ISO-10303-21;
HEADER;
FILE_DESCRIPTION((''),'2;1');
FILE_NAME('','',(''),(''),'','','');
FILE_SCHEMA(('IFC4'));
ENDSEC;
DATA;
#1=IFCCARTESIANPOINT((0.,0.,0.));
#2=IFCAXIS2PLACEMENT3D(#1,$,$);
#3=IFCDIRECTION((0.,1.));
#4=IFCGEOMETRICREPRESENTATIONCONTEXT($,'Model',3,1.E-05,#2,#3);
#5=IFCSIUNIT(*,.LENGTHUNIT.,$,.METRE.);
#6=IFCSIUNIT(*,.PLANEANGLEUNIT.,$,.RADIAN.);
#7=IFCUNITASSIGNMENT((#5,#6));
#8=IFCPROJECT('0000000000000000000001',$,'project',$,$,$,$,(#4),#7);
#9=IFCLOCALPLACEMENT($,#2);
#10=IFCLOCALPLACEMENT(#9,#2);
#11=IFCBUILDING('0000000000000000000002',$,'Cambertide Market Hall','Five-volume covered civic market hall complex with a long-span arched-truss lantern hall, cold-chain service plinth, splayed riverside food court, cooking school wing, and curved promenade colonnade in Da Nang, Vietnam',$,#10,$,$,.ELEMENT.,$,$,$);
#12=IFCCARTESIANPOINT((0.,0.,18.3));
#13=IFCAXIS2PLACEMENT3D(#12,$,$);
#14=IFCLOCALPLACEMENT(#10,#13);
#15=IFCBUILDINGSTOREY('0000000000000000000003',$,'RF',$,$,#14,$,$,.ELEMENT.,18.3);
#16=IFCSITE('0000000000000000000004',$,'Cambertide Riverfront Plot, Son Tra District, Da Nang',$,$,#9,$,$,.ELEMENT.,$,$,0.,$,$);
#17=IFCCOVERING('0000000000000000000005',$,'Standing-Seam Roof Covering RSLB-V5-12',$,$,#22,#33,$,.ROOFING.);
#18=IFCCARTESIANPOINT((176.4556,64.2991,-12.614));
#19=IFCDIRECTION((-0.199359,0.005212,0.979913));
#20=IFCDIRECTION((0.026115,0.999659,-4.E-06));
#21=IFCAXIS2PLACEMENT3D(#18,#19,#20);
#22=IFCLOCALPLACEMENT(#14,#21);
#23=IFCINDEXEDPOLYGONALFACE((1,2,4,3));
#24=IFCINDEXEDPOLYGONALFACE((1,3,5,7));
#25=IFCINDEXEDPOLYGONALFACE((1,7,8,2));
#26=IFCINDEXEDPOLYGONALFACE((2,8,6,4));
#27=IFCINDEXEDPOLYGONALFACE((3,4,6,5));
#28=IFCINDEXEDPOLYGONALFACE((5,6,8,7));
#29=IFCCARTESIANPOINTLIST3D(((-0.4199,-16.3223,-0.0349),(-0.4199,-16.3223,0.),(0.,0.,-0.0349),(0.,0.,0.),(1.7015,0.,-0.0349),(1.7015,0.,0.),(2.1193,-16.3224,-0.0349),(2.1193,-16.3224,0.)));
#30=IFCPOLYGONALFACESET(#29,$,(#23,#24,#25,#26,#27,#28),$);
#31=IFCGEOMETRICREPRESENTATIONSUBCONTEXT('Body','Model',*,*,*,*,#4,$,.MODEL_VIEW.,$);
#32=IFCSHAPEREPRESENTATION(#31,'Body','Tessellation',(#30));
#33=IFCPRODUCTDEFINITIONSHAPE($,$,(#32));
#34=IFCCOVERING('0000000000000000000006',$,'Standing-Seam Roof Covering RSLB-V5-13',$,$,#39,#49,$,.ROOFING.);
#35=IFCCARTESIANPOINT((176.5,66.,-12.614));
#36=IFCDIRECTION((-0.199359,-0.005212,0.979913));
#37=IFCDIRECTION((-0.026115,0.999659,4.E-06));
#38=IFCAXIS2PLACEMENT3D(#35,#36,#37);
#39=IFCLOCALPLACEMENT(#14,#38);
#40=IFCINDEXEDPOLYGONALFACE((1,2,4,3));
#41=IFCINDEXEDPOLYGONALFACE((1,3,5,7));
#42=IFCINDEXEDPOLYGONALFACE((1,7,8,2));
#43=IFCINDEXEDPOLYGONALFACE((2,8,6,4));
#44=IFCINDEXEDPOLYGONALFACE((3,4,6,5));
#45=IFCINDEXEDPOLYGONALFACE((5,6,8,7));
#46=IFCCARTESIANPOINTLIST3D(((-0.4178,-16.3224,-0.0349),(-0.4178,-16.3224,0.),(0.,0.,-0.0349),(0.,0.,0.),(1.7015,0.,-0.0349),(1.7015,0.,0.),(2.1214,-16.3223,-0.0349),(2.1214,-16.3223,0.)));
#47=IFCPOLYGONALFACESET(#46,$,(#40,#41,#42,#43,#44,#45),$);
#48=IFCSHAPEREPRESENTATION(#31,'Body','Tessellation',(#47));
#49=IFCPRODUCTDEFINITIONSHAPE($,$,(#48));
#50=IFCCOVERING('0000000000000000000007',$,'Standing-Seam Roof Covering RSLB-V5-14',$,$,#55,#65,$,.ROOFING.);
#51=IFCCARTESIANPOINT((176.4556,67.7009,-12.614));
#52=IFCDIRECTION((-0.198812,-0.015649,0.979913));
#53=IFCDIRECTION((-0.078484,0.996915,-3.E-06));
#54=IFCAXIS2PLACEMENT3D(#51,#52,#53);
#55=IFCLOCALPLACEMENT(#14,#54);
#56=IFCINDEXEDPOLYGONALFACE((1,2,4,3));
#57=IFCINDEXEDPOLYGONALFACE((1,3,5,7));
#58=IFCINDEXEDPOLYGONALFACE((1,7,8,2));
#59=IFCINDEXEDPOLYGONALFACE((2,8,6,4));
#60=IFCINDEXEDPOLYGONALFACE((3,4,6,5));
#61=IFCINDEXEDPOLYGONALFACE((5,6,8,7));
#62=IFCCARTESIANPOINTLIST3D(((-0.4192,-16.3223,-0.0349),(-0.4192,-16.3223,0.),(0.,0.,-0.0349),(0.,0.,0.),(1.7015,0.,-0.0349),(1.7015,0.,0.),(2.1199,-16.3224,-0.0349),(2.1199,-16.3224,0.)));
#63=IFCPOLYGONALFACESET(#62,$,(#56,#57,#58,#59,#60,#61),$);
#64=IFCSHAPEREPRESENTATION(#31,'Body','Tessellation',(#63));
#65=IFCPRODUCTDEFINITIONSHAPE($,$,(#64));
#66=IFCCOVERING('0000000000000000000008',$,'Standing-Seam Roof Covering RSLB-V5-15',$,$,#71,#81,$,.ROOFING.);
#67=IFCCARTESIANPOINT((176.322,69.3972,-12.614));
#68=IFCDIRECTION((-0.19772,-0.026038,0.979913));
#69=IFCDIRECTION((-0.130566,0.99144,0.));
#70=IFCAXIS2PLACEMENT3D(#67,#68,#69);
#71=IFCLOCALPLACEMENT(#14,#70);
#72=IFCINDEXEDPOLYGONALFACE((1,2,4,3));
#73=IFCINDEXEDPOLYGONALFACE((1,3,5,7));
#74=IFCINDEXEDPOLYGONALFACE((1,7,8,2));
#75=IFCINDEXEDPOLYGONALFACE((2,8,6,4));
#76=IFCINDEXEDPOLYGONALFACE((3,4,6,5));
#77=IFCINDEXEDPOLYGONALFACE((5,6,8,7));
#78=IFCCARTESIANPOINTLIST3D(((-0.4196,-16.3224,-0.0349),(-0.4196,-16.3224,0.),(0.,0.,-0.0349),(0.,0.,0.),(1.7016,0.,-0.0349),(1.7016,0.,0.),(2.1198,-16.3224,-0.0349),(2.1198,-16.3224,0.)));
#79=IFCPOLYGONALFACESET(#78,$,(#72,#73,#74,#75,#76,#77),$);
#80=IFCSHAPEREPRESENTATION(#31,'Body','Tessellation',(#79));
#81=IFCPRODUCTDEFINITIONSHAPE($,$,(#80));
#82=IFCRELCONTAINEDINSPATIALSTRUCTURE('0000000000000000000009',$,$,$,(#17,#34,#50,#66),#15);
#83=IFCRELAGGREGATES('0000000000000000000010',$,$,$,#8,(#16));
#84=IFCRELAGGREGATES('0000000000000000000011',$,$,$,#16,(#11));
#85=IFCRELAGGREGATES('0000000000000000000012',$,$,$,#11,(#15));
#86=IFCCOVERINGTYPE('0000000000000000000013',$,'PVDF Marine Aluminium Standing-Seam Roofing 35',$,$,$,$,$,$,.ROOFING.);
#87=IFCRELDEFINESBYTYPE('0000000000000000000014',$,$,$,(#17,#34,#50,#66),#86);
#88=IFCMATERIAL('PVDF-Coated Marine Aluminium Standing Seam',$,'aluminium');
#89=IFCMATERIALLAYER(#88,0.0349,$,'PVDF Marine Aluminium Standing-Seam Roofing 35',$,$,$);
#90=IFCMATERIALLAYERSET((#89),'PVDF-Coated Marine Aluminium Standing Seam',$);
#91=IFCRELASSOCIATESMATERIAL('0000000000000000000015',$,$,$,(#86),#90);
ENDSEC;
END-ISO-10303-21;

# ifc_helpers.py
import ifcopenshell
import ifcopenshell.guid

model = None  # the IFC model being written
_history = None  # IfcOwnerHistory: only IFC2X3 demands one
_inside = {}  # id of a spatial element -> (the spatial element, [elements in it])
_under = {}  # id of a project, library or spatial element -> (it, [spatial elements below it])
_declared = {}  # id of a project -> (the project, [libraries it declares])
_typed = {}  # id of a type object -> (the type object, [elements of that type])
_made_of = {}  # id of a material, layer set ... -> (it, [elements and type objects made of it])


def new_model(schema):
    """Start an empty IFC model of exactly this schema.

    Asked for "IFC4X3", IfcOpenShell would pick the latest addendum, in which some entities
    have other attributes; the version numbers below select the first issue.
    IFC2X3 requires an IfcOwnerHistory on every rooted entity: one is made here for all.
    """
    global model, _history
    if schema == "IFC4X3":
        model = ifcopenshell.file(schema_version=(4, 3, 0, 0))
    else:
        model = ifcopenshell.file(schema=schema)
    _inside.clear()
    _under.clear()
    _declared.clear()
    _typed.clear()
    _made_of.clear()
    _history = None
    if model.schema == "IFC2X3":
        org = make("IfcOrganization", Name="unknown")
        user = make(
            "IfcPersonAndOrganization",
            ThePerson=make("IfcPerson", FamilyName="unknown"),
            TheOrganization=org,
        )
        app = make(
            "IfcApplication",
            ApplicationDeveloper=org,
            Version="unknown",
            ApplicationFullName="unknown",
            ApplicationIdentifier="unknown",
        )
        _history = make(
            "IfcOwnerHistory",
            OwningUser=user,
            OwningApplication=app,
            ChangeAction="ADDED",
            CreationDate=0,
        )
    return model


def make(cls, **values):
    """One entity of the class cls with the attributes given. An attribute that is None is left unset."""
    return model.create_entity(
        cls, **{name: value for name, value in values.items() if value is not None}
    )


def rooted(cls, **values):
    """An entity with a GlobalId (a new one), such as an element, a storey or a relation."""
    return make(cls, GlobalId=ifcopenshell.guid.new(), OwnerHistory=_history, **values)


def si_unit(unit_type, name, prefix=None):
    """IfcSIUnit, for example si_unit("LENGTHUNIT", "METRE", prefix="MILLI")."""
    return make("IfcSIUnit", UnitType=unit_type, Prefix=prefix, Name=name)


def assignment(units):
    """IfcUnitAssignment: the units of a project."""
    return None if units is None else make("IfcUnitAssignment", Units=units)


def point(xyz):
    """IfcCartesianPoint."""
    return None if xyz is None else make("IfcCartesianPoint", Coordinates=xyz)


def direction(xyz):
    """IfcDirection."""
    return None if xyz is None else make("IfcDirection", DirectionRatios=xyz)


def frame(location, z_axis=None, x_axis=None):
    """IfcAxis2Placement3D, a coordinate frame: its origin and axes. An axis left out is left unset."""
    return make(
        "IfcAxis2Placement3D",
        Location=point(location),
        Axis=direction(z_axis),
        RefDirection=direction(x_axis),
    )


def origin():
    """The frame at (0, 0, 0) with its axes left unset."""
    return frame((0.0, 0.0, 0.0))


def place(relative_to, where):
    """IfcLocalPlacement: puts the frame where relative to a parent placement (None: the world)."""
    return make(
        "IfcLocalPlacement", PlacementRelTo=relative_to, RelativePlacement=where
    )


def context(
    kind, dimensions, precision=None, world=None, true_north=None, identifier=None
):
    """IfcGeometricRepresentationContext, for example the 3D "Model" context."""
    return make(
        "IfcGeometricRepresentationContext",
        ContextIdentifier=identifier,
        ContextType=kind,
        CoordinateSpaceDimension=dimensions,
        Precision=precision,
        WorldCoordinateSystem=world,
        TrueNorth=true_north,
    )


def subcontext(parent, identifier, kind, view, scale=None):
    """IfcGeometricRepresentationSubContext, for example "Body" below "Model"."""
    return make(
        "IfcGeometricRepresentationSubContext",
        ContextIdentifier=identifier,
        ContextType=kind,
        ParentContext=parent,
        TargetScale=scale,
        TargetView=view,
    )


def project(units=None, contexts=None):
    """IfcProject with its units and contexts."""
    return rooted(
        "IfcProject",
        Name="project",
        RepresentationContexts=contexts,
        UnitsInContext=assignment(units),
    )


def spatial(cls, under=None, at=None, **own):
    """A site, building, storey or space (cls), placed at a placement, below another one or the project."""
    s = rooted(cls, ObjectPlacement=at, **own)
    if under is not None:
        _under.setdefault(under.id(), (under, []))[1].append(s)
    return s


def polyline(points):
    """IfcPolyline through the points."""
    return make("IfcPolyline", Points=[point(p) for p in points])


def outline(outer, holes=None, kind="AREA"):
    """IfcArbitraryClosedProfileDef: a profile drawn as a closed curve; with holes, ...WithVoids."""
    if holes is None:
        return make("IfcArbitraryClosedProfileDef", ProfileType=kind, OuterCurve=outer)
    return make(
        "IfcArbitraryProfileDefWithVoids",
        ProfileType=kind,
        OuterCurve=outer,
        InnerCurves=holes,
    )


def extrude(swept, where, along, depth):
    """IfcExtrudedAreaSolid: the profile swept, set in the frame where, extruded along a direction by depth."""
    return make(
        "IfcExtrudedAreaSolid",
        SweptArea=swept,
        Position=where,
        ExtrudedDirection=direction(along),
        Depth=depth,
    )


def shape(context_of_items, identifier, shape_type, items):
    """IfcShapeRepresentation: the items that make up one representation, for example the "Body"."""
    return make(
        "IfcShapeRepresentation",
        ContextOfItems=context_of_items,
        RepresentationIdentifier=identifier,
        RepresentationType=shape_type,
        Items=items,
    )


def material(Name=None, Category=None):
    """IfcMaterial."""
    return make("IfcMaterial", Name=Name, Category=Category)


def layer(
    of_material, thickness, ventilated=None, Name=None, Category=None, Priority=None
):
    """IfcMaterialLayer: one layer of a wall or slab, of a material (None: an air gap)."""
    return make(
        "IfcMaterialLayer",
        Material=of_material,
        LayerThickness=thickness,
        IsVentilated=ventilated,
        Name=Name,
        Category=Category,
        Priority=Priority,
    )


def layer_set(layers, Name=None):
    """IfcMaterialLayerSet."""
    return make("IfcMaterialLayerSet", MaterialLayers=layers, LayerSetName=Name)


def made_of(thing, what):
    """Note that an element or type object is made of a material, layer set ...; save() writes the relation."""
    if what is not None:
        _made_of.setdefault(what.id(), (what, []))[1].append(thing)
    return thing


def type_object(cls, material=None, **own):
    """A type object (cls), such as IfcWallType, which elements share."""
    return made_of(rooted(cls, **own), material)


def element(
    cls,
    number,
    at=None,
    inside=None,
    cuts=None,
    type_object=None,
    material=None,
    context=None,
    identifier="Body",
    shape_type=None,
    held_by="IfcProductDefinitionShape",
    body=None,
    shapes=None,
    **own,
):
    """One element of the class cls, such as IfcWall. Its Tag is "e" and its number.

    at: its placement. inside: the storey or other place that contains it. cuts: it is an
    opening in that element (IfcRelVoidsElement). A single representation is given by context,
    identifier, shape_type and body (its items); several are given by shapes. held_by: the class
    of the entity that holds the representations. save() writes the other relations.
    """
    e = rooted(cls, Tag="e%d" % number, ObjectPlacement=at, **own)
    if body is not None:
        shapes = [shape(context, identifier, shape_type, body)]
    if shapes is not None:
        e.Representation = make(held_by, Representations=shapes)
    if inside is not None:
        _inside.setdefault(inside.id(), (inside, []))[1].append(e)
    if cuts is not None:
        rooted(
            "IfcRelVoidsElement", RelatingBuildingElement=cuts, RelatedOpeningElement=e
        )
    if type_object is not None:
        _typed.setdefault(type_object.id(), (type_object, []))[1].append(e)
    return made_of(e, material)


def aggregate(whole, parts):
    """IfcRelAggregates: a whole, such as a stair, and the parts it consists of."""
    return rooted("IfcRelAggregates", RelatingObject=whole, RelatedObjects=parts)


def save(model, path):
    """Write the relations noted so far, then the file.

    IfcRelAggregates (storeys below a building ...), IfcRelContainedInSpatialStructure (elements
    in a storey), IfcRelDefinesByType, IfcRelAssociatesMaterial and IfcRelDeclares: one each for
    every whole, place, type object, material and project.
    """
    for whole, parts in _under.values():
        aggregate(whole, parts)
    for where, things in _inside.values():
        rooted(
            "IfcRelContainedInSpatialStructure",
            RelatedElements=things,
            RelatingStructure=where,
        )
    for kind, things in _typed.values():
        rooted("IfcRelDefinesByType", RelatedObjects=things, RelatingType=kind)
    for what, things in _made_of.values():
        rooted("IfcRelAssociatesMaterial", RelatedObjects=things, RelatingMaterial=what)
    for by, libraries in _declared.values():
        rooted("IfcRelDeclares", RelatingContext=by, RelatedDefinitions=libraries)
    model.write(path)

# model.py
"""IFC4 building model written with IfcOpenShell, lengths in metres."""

from ifc_helpers import new_model, si_unit, direction, frame, origin, place, context, subcontext, project, spatial, polyline, outline, extrude, material, layer, layer_set, type_object, element, save


model = new_model("IFC4")

# Units and contexts
model_context = context("Model", 3, precision=1e-05, world=origin(), true_north=direction((0.0, 1.0)))
body_context = subcontext(model_context, "Body", "Model", "MODEL_VIEW")
ifc_project = project(units=[si_unit("LENGTHUNIT", "METRE"), si_unit("PLANEANGLEUNIT", "RADIAN")], contexts=[model_context])

# Site, building, storey
site_placement = place(None, origin())
site = spatial("IfcSite", under=ifc_project, at=site_placement, Name="Cambertide Riverfront Plot, Son Tra District, Da Nang", CompositionType="ELEMENT", RefElevation=0.0)
building_placement = place(site_placement, origin())
building = spatial("IfcBuilding", under=site, at=building_placement, Name="Cambertide Market Hall", Description="Five-volume covered civic market hall complex with a long-span arched-truss lantern hall, cold-chain service plinth, splayed riverside food court, cooking school wing, and curved promenade colonnade in Da Nang, Vietnam", CompositionType="ELEMENT")
storey_placement = place(building_placement, frame((0.0, 0.0, 18.3)))
storey = spatial("IfcBuildingStorey", under=building, at=storey_placement, Name="RF", CompositionType="ELEMENT", Elevation=18.3)

# Coverings
ifc_material_1 = material(Name="PVDF-Coated Marine Aluminium Standing Seam", Category="aluminium")
ifc_layer_1 = layer(ifc_material_1, 0.0349, Name="PVDF Marine Aluminium Standing-Seam Roofing 35")
ifc_layer_set_1 = layer_set([ifc_layer_1], Name="PVDF-Coated Marine Aluminium Standing Seam")
covering_type = type_object("IfcCoveringType", Name="PVDF Marine Aluminium Standing-Seam Roofing 35", PredefinedType="ROOFING", material=ifc_layer_set_1)
covering_1_placement = place(storey_placement, frame((176.4556, 64.2991, -12.614), z_axis=(-0.199359, 0.005212, 0.979913), x_axis=(0.026115, 0.999659, -0.000004)))
element("IfcCovering", 1, at=covering_1_placement, inside=storey, type_object=covering_type, Name="Standing-Seam Roof Covering RSLB-V5-12", PredefinedType="ROOFING", context=body_context, shape_type="SweptSolid", body=[
    extrude(outline(polyline([(0.0, 0.0), (1.7015, 0.0), (2.1193, -16.3224), (-0.4199, -16.3223), (0.0, 0.0)])), origin(), (0.0, 0.0, -1.0), 0.0349),
])
covering_2_placement = place(storey_placement, frame((176.5, 66.0, -12.614), z_axis=(-0.199359, -0.005212, 0.979913), x_axis=(-0.026115, 0.999659, 0.000004)))
element("IfcCovering", 2, at=covering_2_placement, inside=storey, type_object=covering_type, Name="Standing-Seam Roof Covering RSLB-V5-13", PredefinedType="ROOFING", context=body_context, shape_type="SweptSolid", body=[
    extrude(outline(polyline([(0.0, 0.0), (1.7015, 0.0), (2.1214, -16.3223), (-0.4178, -16.3224), (0.0, 0.0)])), origin(), (0.0, 0.0, -1.0), 0.0349),
])
covering_3_placement = place(storey_placement, frame((176.4556, 67.7009, -12.614), z_axis=(-0.198812, -0.015649, 0.979913), x_axis=(-0.078484, 0.996915, -0.000003)))
element("IfcCovering", 3, at=covering_3_placement, inside=storey, type_object=covering_type, Name="Standing-Seam Roof Covering RSLB-V5-14", PredefinedType="ROOFING", context=body_context, shape_type="SweptSolid", body=[
    extrude(outline(polyline([(0.0, 0.0), (1.7015, 0.0), (2.1199, -16.3224), (-0.4192, -16.3223), (0.0, 0.0)])), origin(), (0.0, 0.0, -1.0), 0.0349),
])
covering_4_placement = place(storey_placement, frame((176.322, 69.3972, -12.614), z_axis=(-0.19772, -0.026038, 0.979913), x_axis=(-0.130566, 0.99144, 0.0)))
element("IfcCovering", 4, at=covering_4_placement, inside=storey, type_object=covering_type, Name="Standing-Seam Roof Covering RSLB-V5-15", PredefinedType="ROOFING", context=body_context, shape_type="SweptSolid", body=[
    extrude(outline(polyline([(0.0, 0.0), (1.7016, 0.0), (2.1198, -16.3224), (-0.4196, -16.3224), (0.0, 0.0)])), origin(), (0.0, 0.0, -1.0), 0.0349),
])

save(model, "model.ifc")
